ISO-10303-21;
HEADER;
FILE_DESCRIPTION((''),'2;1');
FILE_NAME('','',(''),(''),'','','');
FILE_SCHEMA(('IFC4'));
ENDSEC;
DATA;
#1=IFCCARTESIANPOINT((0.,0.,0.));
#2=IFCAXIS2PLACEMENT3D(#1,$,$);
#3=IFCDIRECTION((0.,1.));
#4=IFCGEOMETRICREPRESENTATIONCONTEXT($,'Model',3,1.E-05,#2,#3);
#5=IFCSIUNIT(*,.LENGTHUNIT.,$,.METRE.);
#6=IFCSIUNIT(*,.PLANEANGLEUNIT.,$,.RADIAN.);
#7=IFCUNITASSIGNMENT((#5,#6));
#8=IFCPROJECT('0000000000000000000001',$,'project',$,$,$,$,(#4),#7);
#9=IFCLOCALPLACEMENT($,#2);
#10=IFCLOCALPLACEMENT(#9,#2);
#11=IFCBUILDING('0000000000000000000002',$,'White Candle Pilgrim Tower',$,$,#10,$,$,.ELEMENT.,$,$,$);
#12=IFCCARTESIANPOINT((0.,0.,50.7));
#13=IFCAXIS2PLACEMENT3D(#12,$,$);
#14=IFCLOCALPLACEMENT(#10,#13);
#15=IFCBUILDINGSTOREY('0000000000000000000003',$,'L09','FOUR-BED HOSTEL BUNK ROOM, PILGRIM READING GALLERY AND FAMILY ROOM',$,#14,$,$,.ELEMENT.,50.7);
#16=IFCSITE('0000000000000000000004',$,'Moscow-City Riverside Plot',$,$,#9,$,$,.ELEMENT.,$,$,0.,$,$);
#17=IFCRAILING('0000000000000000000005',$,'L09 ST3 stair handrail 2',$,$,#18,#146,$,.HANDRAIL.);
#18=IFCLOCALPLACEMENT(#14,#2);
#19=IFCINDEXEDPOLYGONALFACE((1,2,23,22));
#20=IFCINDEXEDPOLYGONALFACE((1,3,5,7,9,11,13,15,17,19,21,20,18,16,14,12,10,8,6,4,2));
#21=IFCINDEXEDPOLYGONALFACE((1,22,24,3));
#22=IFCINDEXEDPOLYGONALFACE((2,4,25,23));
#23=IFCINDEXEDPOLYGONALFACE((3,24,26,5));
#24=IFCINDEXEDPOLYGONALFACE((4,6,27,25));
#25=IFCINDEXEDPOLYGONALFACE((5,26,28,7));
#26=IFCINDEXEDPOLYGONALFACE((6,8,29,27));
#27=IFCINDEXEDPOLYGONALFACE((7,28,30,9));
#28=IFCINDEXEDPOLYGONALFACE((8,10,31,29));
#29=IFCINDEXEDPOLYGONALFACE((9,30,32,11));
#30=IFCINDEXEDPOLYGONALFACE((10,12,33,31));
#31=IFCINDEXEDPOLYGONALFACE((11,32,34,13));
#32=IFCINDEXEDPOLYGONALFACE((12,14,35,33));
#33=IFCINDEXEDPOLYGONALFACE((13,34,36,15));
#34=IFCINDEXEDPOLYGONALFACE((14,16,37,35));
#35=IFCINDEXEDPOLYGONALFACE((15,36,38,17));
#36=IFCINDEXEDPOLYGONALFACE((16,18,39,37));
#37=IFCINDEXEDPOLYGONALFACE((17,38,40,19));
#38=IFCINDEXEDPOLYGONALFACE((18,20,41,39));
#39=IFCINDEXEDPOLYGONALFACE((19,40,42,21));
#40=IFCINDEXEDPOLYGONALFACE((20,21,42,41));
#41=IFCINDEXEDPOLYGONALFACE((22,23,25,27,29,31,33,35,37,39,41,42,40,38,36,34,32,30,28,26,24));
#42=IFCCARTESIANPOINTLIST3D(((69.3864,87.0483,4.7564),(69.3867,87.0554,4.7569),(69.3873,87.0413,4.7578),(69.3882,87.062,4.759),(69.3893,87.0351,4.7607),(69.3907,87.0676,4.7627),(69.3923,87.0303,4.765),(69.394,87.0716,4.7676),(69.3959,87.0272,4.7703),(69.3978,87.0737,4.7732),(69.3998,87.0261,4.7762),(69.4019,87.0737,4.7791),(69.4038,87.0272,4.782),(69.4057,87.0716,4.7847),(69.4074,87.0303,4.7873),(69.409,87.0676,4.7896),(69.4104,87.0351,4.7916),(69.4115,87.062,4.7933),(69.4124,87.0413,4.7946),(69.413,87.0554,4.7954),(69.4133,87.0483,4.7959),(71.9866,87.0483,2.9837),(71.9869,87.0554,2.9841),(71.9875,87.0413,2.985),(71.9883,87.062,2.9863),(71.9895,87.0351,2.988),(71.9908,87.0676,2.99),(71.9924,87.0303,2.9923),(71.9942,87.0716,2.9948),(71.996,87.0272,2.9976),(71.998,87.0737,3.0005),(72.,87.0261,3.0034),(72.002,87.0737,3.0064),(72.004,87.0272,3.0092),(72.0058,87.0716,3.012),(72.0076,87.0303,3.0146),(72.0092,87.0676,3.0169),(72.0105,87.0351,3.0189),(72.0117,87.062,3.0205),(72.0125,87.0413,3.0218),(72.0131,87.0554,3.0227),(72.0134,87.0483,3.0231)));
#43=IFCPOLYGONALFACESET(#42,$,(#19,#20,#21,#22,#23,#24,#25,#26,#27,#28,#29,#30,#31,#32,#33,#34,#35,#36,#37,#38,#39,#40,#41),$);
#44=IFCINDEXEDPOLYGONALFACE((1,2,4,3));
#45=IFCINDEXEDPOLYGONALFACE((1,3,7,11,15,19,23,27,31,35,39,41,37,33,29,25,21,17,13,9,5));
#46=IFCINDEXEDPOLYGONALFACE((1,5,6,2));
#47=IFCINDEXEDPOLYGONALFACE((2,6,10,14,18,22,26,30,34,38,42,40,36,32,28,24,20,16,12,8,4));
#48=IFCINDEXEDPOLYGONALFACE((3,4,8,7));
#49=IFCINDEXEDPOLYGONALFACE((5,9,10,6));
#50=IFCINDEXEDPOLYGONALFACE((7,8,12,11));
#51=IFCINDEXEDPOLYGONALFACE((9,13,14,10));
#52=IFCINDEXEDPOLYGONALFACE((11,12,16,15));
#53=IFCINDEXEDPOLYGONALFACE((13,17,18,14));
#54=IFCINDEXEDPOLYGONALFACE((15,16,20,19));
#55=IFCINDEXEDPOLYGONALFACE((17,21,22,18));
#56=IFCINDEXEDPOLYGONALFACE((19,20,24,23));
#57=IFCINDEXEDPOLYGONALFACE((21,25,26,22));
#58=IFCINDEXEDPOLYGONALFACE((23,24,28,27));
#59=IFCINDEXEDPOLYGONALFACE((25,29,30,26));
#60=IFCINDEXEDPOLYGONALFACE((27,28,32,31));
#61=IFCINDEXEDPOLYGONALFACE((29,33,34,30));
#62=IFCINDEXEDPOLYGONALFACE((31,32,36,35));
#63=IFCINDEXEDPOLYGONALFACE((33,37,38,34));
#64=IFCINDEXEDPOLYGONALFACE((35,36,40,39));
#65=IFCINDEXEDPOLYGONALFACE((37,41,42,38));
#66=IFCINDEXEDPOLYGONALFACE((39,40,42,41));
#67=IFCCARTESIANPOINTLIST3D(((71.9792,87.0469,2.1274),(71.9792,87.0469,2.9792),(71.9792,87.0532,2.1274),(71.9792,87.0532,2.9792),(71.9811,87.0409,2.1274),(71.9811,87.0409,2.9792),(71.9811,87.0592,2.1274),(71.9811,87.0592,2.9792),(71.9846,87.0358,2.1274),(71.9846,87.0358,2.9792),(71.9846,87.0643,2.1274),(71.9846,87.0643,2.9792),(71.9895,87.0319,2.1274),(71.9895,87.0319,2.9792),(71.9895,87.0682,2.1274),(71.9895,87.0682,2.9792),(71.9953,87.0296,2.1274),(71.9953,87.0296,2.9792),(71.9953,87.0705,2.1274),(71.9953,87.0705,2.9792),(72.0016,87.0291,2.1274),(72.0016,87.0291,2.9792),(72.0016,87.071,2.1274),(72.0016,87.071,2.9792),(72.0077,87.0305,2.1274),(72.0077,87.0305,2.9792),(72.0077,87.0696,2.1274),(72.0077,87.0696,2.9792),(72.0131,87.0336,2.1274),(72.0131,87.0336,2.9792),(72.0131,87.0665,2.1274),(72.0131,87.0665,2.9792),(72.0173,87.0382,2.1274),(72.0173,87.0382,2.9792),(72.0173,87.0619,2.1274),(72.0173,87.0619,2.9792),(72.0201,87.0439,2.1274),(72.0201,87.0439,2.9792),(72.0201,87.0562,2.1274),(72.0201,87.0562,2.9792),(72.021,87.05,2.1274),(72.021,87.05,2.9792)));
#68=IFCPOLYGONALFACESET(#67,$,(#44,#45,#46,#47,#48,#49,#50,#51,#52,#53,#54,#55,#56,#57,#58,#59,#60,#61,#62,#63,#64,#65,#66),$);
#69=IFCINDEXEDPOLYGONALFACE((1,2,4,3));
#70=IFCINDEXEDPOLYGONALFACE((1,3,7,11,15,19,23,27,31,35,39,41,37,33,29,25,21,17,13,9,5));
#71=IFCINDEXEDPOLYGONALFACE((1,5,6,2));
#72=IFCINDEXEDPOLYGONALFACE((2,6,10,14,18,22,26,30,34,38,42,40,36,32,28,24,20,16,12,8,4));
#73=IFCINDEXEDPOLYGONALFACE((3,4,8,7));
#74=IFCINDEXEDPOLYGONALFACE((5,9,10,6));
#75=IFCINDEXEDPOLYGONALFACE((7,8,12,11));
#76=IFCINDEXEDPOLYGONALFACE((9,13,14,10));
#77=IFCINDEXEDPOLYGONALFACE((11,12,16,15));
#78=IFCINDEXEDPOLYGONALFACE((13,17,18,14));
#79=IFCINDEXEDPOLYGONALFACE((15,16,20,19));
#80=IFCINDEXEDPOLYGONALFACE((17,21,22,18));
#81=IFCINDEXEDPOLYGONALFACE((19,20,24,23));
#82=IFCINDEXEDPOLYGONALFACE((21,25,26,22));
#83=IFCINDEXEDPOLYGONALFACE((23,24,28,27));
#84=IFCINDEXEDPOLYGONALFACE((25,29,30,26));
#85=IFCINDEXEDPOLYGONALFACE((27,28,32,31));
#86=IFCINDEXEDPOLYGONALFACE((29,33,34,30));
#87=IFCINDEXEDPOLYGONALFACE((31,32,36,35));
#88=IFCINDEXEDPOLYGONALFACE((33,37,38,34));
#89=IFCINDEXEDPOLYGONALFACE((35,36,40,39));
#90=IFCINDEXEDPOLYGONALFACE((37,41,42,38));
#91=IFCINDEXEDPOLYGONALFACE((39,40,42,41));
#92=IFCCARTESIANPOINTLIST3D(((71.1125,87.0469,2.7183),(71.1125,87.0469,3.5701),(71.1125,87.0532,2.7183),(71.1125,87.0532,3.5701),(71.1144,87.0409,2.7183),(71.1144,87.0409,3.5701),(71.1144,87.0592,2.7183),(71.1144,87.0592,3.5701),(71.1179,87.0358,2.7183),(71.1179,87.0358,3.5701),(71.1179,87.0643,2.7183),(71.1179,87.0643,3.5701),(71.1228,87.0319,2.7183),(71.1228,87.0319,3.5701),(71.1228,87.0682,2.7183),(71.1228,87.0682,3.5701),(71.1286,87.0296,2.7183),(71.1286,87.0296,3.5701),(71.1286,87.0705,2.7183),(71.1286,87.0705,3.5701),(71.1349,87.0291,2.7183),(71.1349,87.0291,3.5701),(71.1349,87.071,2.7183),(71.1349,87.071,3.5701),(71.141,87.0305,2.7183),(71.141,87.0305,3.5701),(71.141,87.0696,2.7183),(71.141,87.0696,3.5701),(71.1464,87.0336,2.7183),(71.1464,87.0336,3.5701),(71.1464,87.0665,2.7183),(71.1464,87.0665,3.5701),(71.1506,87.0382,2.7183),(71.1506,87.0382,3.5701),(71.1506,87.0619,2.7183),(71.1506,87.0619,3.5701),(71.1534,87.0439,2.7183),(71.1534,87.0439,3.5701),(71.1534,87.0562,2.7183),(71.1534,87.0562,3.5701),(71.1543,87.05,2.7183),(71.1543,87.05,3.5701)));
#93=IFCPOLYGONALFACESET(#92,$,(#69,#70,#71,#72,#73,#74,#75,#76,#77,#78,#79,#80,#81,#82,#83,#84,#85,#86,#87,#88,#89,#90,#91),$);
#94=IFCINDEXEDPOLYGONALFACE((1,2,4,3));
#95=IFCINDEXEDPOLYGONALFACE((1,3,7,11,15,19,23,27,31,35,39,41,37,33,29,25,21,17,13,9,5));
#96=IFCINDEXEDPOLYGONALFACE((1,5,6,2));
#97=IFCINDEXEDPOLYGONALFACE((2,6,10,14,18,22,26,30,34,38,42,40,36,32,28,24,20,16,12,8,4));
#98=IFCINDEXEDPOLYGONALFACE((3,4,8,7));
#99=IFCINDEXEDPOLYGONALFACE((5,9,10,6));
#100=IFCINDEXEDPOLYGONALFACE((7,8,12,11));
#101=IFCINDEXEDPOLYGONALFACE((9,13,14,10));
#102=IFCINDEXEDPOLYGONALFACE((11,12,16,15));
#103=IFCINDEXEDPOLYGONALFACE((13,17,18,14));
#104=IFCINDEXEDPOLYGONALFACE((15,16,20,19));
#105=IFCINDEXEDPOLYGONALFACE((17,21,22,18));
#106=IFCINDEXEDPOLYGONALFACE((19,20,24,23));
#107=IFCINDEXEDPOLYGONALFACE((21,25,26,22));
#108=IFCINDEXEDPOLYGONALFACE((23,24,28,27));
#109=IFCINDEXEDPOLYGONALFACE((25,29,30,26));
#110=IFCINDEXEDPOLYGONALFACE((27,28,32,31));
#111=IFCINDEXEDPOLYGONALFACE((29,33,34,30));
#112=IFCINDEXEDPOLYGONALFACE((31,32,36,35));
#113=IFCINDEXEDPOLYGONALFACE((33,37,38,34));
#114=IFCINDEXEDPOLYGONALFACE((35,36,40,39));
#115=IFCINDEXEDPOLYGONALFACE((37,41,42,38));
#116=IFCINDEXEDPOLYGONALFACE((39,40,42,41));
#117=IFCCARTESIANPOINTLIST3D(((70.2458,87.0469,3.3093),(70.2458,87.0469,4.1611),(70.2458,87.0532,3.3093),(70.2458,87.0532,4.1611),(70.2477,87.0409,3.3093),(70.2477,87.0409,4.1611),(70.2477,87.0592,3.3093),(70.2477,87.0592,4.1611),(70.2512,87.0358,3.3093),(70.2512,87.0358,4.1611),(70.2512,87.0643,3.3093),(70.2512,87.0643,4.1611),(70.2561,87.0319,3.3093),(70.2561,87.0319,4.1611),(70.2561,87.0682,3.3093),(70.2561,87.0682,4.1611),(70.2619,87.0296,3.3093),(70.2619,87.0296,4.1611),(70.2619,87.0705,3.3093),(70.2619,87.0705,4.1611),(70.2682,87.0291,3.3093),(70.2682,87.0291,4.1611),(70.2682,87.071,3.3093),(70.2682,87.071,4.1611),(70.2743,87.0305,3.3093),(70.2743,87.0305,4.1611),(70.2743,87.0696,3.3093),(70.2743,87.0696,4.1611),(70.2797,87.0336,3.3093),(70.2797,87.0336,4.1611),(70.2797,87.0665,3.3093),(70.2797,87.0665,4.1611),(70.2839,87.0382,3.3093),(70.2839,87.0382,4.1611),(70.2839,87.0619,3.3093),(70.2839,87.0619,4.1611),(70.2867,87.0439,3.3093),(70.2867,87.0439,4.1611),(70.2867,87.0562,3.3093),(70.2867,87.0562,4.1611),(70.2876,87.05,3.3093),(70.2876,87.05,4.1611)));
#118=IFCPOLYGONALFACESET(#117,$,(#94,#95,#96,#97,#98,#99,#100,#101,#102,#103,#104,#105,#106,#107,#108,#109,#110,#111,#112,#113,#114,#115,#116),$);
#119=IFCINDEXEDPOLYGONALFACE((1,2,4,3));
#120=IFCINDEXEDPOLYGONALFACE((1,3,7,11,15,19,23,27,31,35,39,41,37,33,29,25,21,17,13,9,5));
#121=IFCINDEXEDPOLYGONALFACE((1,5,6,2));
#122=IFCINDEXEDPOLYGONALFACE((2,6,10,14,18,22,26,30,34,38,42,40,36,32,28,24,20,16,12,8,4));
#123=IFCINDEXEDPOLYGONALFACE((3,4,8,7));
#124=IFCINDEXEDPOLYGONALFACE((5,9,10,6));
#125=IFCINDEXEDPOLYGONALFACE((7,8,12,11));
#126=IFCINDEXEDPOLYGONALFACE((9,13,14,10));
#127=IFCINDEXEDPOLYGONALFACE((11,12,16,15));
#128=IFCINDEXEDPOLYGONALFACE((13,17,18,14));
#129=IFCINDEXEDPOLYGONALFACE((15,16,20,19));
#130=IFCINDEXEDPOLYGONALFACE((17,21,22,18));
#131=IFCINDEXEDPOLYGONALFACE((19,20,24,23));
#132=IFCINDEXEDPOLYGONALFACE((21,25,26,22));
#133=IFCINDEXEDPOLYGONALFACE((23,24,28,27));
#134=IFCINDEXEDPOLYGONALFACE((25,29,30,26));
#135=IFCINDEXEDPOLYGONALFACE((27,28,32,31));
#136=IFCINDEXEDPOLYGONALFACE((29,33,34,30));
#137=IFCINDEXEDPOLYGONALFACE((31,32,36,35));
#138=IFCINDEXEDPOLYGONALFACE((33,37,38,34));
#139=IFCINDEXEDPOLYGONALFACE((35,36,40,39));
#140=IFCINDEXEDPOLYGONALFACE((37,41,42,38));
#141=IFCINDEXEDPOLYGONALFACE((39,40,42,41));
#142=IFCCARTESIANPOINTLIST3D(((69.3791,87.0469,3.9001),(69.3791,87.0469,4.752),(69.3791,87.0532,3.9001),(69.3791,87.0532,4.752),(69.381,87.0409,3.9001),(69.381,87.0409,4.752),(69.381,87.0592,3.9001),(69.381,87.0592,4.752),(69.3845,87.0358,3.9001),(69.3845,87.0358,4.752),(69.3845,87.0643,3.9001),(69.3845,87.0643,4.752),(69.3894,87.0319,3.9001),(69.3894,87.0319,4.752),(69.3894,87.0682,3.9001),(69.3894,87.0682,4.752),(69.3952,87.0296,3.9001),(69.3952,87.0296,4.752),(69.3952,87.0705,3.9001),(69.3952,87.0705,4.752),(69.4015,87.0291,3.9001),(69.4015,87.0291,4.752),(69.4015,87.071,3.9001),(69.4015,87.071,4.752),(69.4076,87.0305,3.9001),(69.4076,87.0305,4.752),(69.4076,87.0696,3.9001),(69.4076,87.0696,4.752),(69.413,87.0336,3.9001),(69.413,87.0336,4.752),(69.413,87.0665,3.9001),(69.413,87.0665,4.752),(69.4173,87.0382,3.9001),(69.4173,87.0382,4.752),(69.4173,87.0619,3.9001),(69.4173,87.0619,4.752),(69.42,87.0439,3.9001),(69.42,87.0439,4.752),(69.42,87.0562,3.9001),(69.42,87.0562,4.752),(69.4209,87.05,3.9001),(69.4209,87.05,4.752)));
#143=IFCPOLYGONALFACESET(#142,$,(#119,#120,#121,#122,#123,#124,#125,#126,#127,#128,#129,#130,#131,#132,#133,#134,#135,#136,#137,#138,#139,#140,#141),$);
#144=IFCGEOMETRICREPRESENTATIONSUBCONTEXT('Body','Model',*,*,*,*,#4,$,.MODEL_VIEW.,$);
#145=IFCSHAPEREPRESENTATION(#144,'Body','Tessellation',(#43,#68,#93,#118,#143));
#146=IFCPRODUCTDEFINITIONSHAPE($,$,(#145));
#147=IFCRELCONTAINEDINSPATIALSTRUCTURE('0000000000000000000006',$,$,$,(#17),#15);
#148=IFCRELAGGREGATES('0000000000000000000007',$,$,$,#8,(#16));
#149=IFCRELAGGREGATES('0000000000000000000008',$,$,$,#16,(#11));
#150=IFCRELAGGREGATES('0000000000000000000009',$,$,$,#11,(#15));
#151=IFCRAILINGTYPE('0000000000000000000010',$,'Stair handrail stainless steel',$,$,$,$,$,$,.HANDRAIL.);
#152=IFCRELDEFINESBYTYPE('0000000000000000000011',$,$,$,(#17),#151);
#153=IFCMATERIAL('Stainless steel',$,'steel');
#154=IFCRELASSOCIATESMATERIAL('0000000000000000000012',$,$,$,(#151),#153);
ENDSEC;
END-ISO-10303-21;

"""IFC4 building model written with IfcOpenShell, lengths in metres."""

from ifc_helpers import new_model, si_unit, direction, frame, origin, origin_2d, place, context, subcontext, project, spatial, circle, extrude, material, type_object, element, save


model = new_model("IFC4")

# Units and contexts
model_context = context("Model", 3, precision=1e-05, world=origin(), true_north=direction((0.0, 1.0)))
body_context = subcontext(model_context, "Body", "Model", "MODEL_VIEW")
ifc_project = project(units=[si_unit("LENGTHUNIT", "METRE"), si_unit("PLANEANGLEUNIT", "RADIAN")], contexts=[model_context])

# Site, building, storey
site_placement = place(None, origin())
site = spatial("IfcSite", under=ifc_project, at=site_placement, Name="Moscow-City Riverside Plot", CompositionType="ELEMENT", RefElevation=0.0)
building_placement = place(site_placement, origin())
building = spatial("IfcBuilding", under=site, at=building_placement, Name="White Candle Pilgrim Tower", CompositionType="ELEMENT")
storey_placement = place(building_placement, frame((0.0, 0.0, 50.7)))
storey = spatial("IfcBuildingStorey", under=building, at=storey_placement, Name="L09", Description="FOUR-BED HOSTEL BUNK ROOM, PILGRIM READING GALLERY AND FAMILY ROOM", CompositionType="ELEMENT", Elevation=50.7)

# Railing
ifc_material_1 = material(Name="Stainless steel", Category="steel")
railing_type_1 = type_object("IfcRailingType", Name="Stair handrail stainless steel", PredefinedType="HANDRAIL", material=ifc_material_1)
railing_1_placement = place(storey_placement, frame((72.0, 87.05, 2.1274)))
element("IfcRailing", 1, at=railing_1_placement, inside=storey, type_object=railing_type_1, Name="L09 ST3 stair handrail 2", PredefinedType="HANDRAIL", context=body_context, shape_type="SweptSolid", body=[
    extrude(circle(Radius=0.0239, at=origin_2d()), frame((0.0, 0.0, 0.876), z_axis=(-0.82624, 0.0, 0.563318), x_axis=(0.0, -1.0, 0.0)), (0.0, 0.0, 1.0), 3.147),
    extrude(circle(Radius=0.021, at=origin_2d()), origin(), (0.0, 0.0, 1.0), 0.8518),
    extrude(circle(Radius=0.021, at=origin_2d()), frame((-0.8667, 0.0, 0.5908)), (0.0, 0.0, 1.0), 0.8518),
    extrude(circle(Radius=0.021, at=origin_2d()), frame((-1.7334, 0.0, 1.1819)), (0.0, 0.0, 1.0), 0.8518),
    extrude(circle(Radius=0.021, at=origin_2d()), frame((-2.6001, 0.0, 1.7727)), (0.0, 0.0, 1.0), 0.8518),
])

save(model, "model.ifc")
